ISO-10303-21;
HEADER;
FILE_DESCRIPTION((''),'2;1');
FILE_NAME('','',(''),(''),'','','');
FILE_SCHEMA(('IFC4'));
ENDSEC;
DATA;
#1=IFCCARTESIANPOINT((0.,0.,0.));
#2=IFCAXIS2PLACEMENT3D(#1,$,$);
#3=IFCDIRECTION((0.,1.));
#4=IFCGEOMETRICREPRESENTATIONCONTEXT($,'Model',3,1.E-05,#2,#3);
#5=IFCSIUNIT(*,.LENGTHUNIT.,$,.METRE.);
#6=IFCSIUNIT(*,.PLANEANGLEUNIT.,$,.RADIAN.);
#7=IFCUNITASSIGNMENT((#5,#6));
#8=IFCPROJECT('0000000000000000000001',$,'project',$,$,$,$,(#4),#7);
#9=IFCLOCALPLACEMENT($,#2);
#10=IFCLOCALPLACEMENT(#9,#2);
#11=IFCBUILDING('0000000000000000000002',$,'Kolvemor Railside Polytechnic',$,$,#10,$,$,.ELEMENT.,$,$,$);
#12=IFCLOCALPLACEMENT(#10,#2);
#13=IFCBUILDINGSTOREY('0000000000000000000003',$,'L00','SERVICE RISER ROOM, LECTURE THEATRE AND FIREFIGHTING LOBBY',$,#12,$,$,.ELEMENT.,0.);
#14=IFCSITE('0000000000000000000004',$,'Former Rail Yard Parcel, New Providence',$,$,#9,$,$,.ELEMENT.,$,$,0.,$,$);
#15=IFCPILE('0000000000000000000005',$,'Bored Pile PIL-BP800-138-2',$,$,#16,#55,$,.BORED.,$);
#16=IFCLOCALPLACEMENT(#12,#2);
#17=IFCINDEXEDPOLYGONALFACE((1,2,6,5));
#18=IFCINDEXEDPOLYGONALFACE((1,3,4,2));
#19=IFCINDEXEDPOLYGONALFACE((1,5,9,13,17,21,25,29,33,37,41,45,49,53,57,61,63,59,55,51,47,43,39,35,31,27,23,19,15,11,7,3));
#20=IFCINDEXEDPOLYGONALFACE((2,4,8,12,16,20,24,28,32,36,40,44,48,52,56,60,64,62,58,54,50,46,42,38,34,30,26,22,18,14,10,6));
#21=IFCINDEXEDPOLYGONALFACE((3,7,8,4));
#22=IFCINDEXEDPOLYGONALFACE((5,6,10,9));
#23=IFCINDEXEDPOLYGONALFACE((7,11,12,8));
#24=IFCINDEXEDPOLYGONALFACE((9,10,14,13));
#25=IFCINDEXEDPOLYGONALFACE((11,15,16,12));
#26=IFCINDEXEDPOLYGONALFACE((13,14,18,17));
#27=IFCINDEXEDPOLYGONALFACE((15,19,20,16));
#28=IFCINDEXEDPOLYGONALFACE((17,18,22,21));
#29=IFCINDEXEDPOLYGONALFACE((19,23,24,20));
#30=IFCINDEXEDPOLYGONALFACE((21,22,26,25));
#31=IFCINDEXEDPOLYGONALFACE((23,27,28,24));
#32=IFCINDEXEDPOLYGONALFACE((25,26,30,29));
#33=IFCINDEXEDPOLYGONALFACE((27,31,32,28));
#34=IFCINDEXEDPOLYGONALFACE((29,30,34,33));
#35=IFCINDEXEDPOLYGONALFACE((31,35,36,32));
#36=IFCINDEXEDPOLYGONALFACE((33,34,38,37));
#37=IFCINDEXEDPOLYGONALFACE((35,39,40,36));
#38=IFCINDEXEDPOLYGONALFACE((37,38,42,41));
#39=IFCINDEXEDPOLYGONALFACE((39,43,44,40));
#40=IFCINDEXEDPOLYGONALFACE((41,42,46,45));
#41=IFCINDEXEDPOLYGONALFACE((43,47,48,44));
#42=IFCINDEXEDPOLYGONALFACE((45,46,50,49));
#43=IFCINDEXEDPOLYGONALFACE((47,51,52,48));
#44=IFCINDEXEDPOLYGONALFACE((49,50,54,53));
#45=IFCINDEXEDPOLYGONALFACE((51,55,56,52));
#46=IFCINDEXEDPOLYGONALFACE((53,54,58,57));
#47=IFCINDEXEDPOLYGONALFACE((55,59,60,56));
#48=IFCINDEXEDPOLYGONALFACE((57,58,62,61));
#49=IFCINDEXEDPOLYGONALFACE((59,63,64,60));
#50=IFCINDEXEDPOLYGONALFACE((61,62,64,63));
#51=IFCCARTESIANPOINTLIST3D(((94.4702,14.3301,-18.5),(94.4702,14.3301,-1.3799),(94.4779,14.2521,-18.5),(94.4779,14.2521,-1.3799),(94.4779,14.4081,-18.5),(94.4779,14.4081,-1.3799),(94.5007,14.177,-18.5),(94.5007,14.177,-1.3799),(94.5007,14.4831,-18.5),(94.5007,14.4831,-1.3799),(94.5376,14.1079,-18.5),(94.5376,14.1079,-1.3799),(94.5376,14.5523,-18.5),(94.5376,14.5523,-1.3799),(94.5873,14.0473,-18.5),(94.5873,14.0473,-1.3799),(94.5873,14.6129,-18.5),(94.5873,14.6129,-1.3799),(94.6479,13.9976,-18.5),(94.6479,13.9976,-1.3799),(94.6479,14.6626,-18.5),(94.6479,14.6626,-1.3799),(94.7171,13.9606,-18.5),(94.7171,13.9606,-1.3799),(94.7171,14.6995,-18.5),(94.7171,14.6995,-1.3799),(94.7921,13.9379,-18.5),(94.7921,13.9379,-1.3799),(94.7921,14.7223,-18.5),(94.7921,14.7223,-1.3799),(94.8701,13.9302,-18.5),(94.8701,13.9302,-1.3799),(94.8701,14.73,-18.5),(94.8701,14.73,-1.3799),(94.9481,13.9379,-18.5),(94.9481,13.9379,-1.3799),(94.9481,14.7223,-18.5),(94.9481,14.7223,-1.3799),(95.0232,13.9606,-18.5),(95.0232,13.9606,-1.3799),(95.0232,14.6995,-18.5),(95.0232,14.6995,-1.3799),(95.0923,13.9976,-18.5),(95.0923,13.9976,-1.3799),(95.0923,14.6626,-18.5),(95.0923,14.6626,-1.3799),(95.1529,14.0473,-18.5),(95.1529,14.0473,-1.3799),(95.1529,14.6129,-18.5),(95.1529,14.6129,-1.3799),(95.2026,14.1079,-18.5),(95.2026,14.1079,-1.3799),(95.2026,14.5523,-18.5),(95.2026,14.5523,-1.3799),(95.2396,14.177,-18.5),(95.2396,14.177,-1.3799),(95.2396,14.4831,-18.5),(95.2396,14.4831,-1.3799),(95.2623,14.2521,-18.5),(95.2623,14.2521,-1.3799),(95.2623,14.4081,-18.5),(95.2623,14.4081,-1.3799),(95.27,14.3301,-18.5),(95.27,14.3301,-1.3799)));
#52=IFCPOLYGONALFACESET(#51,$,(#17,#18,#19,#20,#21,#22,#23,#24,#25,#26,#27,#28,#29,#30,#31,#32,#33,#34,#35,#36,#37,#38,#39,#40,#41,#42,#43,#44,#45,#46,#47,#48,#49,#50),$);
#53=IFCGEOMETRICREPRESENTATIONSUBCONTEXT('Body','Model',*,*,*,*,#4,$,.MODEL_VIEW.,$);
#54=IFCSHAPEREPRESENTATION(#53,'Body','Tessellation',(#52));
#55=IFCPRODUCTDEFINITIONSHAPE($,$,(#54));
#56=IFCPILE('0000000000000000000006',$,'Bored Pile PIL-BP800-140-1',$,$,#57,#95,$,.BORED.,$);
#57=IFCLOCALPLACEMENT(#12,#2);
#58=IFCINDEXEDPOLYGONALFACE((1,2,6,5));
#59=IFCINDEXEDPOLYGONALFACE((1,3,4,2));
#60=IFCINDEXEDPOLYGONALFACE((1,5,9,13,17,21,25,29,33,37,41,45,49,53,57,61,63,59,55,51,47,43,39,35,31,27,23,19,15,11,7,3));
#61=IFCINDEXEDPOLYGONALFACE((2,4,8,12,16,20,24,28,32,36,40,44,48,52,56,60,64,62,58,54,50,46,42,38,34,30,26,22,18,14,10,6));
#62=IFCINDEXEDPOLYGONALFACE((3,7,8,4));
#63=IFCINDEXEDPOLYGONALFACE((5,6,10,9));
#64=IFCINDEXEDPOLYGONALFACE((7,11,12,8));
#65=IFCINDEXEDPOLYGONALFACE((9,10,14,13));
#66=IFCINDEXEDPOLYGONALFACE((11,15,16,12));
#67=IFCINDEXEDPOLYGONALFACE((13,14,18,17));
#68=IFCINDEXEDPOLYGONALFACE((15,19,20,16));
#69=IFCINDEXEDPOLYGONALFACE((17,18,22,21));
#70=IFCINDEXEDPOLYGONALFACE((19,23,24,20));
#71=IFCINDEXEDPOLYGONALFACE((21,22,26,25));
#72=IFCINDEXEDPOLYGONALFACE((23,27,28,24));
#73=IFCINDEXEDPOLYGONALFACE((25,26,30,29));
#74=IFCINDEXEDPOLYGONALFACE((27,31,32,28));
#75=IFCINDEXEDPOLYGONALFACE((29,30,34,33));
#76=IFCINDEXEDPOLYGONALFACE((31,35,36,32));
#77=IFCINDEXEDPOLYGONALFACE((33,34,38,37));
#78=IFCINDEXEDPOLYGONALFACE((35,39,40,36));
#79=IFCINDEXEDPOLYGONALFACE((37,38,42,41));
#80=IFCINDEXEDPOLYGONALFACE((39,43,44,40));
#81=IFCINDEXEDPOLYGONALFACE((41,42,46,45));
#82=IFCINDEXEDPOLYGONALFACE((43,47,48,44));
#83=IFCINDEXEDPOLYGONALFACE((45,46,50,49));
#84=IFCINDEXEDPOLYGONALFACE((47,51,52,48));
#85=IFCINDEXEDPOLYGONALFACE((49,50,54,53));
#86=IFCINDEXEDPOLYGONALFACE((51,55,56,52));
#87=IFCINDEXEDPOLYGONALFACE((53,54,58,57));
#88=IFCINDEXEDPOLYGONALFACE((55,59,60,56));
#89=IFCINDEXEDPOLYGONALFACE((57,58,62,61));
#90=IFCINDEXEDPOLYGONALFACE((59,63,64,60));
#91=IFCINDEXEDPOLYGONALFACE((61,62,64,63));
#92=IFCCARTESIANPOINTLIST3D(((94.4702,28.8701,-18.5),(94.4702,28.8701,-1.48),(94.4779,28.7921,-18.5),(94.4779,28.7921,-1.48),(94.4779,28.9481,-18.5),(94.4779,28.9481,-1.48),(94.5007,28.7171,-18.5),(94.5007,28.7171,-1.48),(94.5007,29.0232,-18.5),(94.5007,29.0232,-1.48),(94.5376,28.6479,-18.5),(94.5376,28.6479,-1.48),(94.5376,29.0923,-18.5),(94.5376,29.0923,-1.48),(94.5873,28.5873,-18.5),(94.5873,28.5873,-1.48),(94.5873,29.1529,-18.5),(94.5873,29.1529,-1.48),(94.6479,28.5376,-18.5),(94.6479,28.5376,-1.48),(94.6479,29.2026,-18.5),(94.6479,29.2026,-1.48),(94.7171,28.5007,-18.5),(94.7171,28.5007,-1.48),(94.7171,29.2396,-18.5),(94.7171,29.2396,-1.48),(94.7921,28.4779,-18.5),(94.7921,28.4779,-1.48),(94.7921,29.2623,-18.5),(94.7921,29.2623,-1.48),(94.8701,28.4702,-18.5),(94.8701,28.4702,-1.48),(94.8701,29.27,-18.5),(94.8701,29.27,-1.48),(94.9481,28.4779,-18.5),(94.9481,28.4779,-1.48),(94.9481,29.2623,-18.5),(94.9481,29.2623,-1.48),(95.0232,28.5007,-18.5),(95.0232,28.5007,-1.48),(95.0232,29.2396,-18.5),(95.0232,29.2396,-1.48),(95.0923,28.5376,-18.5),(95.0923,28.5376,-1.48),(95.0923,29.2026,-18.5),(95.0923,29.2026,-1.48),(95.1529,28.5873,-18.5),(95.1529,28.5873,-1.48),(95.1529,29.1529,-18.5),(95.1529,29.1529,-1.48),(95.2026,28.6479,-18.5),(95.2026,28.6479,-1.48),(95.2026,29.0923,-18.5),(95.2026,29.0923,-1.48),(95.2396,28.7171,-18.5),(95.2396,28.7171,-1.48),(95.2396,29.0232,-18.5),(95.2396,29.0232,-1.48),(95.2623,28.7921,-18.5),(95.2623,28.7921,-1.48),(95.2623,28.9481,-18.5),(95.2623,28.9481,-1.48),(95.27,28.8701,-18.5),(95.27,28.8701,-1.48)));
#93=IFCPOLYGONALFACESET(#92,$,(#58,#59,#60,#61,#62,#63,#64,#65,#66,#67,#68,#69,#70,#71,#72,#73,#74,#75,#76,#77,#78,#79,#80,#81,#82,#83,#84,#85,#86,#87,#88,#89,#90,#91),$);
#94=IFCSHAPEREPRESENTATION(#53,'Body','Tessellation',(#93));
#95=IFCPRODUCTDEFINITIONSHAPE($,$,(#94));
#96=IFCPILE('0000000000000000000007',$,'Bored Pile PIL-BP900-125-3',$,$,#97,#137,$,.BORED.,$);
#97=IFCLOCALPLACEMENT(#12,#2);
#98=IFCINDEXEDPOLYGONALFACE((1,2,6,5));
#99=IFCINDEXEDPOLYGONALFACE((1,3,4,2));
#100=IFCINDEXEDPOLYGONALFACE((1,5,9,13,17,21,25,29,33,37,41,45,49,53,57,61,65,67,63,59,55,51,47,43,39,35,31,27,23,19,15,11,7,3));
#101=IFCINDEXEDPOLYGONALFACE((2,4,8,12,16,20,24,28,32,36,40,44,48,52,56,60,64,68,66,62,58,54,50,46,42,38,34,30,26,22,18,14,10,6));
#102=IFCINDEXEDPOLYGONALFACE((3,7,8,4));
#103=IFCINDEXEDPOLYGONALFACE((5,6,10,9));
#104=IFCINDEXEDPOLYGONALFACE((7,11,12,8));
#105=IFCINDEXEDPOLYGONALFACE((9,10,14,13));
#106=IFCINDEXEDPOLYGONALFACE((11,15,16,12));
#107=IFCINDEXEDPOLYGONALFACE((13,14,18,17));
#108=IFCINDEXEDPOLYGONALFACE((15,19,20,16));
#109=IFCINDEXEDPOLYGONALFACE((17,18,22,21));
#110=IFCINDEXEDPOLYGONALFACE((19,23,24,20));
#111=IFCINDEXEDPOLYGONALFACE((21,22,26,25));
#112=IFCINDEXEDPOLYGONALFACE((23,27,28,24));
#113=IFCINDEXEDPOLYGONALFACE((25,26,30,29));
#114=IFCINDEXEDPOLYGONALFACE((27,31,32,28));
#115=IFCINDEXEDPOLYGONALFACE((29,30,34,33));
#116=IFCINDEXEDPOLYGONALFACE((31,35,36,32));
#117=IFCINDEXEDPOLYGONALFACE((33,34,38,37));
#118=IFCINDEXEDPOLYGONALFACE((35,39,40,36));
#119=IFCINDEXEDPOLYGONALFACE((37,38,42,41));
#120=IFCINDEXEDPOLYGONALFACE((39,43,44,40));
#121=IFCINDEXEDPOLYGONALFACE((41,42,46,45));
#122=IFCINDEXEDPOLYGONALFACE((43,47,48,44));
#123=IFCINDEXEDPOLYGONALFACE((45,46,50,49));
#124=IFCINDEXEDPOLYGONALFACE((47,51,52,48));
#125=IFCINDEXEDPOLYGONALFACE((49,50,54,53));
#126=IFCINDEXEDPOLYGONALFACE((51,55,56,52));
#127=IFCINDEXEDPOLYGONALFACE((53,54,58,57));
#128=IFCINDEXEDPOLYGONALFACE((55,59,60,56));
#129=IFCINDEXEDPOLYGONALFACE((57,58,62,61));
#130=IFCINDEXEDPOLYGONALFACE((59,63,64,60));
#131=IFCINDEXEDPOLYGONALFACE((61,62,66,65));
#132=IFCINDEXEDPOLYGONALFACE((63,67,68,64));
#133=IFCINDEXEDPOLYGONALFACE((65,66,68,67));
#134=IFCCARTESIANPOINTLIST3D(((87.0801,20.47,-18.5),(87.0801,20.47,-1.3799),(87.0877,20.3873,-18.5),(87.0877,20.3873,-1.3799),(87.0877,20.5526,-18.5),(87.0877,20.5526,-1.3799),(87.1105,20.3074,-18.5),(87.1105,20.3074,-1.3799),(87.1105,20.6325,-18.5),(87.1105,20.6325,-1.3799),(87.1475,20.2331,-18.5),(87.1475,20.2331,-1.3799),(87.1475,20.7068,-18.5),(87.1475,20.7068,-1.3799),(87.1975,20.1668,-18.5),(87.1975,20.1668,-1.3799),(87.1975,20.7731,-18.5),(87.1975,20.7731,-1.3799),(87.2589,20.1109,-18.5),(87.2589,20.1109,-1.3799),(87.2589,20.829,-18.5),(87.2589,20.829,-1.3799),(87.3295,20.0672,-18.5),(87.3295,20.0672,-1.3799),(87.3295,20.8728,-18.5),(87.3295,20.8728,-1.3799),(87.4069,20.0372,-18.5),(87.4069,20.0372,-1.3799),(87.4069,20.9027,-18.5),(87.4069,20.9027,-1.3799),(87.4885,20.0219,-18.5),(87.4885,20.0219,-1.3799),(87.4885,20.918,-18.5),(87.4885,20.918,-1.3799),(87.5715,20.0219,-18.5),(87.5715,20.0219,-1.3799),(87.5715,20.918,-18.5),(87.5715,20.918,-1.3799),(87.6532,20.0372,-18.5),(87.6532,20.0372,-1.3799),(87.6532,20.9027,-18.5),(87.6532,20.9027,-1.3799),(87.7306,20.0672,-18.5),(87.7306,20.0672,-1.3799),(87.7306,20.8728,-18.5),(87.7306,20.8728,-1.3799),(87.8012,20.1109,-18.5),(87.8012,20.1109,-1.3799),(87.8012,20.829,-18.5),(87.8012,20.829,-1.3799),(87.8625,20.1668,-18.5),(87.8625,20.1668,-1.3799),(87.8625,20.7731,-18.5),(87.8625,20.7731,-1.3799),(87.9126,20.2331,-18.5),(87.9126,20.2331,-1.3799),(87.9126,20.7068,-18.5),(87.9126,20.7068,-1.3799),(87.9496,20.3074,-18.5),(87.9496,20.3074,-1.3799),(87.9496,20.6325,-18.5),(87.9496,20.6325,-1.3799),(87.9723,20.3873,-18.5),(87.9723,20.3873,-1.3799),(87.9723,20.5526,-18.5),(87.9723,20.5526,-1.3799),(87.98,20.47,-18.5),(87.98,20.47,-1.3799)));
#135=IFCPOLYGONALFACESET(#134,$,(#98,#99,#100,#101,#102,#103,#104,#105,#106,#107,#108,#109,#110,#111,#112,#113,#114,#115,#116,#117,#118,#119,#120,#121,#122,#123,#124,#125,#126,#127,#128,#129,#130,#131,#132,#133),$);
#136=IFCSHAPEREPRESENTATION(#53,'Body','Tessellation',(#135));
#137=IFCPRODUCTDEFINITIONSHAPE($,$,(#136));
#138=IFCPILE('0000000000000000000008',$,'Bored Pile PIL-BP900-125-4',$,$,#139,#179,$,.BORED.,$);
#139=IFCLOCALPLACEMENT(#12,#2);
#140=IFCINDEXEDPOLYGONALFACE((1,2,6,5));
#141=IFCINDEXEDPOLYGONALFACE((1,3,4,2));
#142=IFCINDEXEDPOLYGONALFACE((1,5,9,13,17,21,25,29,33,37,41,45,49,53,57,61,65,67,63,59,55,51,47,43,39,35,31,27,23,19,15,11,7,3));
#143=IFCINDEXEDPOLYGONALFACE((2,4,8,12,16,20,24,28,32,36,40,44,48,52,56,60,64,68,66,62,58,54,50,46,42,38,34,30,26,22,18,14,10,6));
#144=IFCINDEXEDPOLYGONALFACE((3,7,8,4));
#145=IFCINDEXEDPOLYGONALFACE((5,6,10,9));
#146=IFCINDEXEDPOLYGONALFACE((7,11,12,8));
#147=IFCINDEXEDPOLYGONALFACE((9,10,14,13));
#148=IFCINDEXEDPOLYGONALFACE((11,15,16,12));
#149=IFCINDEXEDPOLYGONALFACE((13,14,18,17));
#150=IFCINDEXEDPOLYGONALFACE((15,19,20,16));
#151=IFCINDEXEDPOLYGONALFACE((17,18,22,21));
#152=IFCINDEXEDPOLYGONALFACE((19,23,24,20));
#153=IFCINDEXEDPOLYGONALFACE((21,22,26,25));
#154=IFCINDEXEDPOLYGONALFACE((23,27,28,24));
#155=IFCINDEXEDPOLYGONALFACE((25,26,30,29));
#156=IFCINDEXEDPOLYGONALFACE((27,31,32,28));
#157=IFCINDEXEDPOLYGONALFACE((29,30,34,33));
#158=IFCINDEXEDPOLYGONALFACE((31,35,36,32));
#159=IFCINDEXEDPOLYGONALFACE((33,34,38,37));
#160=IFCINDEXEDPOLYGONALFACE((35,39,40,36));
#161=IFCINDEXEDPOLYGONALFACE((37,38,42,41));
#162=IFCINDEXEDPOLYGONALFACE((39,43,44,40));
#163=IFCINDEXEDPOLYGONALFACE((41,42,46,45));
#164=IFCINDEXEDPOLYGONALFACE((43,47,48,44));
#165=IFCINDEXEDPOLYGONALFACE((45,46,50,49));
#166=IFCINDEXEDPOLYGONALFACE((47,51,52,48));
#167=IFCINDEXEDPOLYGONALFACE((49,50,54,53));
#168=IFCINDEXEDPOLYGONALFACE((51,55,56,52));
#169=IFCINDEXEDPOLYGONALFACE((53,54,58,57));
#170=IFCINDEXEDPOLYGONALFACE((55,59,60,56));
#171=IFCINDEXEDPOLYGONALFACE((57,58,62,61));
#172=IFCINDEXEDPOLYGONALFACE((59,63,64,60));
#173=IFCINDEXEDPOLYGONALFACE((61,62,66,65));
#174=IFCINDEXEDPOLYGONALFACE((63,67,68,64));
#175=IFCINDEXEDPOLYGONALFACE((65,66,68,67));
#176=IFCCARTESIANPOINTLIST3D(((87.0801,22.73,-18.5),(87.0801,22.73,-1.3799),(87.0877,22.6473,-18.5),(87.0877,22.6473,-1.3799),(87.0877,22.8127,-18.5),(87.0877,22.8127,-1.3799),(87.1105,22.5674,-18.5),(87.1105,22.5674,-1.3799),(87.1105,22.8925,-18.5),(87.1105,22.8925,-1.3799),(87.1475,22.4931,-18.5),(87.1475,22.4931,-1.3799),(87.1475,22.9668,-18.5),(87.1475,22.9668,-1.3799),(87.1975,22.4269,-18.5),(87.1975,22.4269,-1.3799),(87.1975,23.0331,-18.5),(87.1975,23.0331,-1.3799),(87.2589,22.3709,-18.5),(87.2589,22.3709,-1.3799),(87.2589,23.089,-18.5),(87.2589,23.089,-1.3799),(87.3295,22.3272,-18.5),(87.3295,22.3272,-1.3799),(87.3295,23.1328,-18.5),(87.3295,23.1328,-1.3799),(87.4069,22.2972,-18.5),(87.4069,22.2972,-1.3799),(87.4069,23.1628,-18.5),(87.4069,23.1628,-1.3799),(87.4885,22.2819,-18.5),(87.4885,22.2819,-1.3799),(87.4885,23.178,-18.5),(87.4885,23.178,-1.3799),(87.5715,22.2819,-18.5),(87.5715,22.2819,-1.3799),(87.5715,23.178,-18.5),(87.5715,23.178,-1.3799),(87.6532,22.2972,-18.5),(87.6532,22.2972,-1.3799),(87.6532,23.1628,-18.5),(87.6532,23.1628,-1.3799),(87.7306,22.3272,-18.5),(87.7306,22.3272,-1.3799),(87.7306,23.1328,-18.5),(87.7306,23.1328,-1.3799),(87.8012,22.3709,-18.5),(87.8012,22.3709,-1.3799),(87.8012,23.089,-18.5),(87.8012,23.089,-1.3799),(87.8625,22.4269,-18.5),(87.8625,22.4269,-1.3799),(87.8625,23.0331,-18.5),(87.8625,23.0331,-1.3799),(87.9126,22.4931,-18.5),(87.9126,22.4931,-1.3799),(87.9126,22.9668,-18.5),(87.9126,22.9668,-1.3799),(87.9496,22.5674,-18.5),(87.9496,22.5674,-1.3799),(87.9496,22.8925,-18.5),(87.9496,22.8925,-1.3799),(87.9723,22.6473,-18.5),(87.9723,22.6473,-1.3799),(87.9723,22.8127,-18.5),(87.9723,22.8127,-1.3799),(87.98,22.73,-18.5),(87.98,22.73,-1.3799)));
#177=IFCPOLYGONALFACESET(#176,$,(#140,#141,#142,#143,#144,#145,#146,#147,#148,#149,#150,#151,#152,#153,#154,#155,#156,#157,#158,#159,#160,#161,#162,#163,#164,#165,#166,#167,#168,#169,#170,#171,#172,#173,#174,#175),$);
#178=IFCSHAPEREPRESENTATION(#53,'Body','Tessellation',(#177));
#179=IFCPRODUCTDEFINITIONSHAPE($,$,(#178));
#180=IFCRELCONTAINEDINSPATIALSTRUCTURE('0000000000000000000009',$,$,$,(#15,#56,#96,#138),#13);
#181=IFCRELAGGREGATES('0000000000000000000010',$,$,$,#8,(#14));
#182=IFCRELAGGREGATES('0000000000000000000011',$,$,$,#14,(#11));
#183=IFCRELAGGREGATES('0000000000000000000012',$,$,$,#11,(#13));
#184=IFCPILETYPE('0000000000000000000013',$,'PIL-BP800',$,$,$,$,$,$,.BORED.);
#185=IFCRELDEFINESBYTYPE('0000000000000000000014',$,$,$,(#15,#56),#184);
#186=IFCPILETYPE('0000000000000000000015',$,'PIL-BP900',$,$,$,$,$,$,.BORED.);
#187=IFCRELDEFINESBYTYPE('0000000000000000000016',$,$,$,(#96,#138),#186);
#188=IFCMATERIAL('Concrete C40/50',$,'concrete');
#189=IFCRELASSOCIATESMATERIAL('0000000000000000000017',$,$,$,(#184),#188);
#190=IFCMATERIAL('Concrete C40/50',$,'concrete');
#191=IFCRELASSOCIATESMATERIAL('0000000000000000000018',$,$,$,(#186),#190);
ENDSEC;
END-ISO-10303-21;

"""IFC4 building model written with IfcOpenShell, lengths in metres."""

from ifc_helpers import new_model, si_unit, direction, frame, origin, origin_2d, place, context, subcontext, project, spatial, circle, extrude, material, material_profile, profile_set, type_object, element, save


model = new_model("IFC4")

# Units and contexts
model_context = context("Model", 3, precision=1e-05, world=origin(), true_north=direction((0.0, 1.0)))
body_context = subcontext(model_context, "Body", "Model", "MODEL_VIEW")
ifc_project = project(units=[si_unit("LENGTHUNIT", "METRE"), si_unit("PLANEANGLEUNIT", "RADIAN")], contexts=[model_context])

# Site, building, storey
site_placement = place(None, origin())
site = spatial("IfcSite", under=ifc_project, at=site_placement, Name="Former Rail Yard Parcel, New Providence", CompositionType="ELEMENT", RefElevation=0.0)
building_placement = place(site_placement, origin())
building = spatial("IfcBuilding", under=site, at=building_placement, Name="Kolvemor Railside Polytechnic", CompositionType="ELEMENT")
storey_placement = place(building_placement, origin())
storey = spatial("IfcBuildingStorey", under=building, at=storey_placement, Name="L00", Description="SERVICE RISER ROOM, LECTURE THEATRE AND FIREFIGHTING LOBBY", CompositionType="ELEMENT", Elevation=0.0)

# Piles
ifc_material_1 = material(Name="Concrete C40/50", Category="concrete")
ifc_material_profile_1 = material_profile(ifc_material_1, circle(Radius=0.3999, at=origin_2d()), Name="BP800")
ifc_profile_set_1 = profile_set([ifc_material_profile_1], Name="Concrete C40/50")
pile_type_1 = type_object("IfcPileType", Name="PIL-BP800", PredefinedType="BORED", material=ifc_profile_set_1)
for number, where, z_axis, x_axis, name in (
    (1, (94.8701, 14.3301, -1.3799), (0.0, 0.0, -1.0), (1.0, 0.0, 0.0), "Bored Pile PIL-BP800-138-2"),
):
    element("IfcPile", number, at=place(storey_placement, frame(where, z_axis=z_axis, x_axis=x_axis)), inside=storey, type_object=pile_type_1, Name=name, PredefinedType="BORED", context=body_context, shape_type="SweptSolid", body=[
        extrude(circle(Radius=0.3999, at=origin_2d()), origin(), (0.0, 0.0, 1.0), 17.1201),
    ])
pile_1_placement = place(storey_placement, frame((94.8701, 28.8701, -1.48), z_axis=(0.0, 0.0, -1.0), x_axis=(1.0, 0.0, 0.0)))
element("IfcPile", 2, at=pile_1_placement, inside=storey, type_object=pile_type_1, Name="Bored Pile PIL-BP800-140-1", PredefinedType="BORED", context=body_context, shape_type="SweptSolid", body=[
    extrude(circle(Radius=0.3999, at=origin_2d()), origin(), (0.0, 0.0, 1.0), 17.02),
])
ifc_material_2 = material(Name="Concrete C40/50", Category="concrete")
ifc_material_profile_2 = material_profile(ifc_material_2, circle(Radius=0.45, at=origin_2d()), Name="BP900")
ifc_profile_set_2 = profile_set([ifc_material_profile_2], Name="Concrete C40/50")
pile_type_2 = type_object("IfcPileType", Name="PIL-BP900", PredefinedType="BORED", material=ifc_profile_set_2)
for number, where, z_axis, x_axis, name in (
    (3, (87.53, 20.47, -1.3799), (0.0, 0.0, -1.0), (1.0, 0.0, 0.0), "Bored Pile PIL-BP900-125-3"),
    (4, (87.53, 22.73, -1.3799), (0.0, 0.0, -1.0), (1.0, 0.0, 0.0), "Bored Pile PIL-BP900-125-4"),
):
    element("IfcPile", number, at=place(storey_placement, frame(where, z_axis=z_axis, x_axis=x_axis)), inside=storey, type_object=pile_type_2, Name=name, PredefinedType="BORED", context=body_context, shape_type="SweptSolid", body=[
        extrude(circle(Radius=0.45, at=origin_2d()), origin(), (0.0, 0.0, 1.0), 17.1201),
    ])

save(model, "model.ifc")
